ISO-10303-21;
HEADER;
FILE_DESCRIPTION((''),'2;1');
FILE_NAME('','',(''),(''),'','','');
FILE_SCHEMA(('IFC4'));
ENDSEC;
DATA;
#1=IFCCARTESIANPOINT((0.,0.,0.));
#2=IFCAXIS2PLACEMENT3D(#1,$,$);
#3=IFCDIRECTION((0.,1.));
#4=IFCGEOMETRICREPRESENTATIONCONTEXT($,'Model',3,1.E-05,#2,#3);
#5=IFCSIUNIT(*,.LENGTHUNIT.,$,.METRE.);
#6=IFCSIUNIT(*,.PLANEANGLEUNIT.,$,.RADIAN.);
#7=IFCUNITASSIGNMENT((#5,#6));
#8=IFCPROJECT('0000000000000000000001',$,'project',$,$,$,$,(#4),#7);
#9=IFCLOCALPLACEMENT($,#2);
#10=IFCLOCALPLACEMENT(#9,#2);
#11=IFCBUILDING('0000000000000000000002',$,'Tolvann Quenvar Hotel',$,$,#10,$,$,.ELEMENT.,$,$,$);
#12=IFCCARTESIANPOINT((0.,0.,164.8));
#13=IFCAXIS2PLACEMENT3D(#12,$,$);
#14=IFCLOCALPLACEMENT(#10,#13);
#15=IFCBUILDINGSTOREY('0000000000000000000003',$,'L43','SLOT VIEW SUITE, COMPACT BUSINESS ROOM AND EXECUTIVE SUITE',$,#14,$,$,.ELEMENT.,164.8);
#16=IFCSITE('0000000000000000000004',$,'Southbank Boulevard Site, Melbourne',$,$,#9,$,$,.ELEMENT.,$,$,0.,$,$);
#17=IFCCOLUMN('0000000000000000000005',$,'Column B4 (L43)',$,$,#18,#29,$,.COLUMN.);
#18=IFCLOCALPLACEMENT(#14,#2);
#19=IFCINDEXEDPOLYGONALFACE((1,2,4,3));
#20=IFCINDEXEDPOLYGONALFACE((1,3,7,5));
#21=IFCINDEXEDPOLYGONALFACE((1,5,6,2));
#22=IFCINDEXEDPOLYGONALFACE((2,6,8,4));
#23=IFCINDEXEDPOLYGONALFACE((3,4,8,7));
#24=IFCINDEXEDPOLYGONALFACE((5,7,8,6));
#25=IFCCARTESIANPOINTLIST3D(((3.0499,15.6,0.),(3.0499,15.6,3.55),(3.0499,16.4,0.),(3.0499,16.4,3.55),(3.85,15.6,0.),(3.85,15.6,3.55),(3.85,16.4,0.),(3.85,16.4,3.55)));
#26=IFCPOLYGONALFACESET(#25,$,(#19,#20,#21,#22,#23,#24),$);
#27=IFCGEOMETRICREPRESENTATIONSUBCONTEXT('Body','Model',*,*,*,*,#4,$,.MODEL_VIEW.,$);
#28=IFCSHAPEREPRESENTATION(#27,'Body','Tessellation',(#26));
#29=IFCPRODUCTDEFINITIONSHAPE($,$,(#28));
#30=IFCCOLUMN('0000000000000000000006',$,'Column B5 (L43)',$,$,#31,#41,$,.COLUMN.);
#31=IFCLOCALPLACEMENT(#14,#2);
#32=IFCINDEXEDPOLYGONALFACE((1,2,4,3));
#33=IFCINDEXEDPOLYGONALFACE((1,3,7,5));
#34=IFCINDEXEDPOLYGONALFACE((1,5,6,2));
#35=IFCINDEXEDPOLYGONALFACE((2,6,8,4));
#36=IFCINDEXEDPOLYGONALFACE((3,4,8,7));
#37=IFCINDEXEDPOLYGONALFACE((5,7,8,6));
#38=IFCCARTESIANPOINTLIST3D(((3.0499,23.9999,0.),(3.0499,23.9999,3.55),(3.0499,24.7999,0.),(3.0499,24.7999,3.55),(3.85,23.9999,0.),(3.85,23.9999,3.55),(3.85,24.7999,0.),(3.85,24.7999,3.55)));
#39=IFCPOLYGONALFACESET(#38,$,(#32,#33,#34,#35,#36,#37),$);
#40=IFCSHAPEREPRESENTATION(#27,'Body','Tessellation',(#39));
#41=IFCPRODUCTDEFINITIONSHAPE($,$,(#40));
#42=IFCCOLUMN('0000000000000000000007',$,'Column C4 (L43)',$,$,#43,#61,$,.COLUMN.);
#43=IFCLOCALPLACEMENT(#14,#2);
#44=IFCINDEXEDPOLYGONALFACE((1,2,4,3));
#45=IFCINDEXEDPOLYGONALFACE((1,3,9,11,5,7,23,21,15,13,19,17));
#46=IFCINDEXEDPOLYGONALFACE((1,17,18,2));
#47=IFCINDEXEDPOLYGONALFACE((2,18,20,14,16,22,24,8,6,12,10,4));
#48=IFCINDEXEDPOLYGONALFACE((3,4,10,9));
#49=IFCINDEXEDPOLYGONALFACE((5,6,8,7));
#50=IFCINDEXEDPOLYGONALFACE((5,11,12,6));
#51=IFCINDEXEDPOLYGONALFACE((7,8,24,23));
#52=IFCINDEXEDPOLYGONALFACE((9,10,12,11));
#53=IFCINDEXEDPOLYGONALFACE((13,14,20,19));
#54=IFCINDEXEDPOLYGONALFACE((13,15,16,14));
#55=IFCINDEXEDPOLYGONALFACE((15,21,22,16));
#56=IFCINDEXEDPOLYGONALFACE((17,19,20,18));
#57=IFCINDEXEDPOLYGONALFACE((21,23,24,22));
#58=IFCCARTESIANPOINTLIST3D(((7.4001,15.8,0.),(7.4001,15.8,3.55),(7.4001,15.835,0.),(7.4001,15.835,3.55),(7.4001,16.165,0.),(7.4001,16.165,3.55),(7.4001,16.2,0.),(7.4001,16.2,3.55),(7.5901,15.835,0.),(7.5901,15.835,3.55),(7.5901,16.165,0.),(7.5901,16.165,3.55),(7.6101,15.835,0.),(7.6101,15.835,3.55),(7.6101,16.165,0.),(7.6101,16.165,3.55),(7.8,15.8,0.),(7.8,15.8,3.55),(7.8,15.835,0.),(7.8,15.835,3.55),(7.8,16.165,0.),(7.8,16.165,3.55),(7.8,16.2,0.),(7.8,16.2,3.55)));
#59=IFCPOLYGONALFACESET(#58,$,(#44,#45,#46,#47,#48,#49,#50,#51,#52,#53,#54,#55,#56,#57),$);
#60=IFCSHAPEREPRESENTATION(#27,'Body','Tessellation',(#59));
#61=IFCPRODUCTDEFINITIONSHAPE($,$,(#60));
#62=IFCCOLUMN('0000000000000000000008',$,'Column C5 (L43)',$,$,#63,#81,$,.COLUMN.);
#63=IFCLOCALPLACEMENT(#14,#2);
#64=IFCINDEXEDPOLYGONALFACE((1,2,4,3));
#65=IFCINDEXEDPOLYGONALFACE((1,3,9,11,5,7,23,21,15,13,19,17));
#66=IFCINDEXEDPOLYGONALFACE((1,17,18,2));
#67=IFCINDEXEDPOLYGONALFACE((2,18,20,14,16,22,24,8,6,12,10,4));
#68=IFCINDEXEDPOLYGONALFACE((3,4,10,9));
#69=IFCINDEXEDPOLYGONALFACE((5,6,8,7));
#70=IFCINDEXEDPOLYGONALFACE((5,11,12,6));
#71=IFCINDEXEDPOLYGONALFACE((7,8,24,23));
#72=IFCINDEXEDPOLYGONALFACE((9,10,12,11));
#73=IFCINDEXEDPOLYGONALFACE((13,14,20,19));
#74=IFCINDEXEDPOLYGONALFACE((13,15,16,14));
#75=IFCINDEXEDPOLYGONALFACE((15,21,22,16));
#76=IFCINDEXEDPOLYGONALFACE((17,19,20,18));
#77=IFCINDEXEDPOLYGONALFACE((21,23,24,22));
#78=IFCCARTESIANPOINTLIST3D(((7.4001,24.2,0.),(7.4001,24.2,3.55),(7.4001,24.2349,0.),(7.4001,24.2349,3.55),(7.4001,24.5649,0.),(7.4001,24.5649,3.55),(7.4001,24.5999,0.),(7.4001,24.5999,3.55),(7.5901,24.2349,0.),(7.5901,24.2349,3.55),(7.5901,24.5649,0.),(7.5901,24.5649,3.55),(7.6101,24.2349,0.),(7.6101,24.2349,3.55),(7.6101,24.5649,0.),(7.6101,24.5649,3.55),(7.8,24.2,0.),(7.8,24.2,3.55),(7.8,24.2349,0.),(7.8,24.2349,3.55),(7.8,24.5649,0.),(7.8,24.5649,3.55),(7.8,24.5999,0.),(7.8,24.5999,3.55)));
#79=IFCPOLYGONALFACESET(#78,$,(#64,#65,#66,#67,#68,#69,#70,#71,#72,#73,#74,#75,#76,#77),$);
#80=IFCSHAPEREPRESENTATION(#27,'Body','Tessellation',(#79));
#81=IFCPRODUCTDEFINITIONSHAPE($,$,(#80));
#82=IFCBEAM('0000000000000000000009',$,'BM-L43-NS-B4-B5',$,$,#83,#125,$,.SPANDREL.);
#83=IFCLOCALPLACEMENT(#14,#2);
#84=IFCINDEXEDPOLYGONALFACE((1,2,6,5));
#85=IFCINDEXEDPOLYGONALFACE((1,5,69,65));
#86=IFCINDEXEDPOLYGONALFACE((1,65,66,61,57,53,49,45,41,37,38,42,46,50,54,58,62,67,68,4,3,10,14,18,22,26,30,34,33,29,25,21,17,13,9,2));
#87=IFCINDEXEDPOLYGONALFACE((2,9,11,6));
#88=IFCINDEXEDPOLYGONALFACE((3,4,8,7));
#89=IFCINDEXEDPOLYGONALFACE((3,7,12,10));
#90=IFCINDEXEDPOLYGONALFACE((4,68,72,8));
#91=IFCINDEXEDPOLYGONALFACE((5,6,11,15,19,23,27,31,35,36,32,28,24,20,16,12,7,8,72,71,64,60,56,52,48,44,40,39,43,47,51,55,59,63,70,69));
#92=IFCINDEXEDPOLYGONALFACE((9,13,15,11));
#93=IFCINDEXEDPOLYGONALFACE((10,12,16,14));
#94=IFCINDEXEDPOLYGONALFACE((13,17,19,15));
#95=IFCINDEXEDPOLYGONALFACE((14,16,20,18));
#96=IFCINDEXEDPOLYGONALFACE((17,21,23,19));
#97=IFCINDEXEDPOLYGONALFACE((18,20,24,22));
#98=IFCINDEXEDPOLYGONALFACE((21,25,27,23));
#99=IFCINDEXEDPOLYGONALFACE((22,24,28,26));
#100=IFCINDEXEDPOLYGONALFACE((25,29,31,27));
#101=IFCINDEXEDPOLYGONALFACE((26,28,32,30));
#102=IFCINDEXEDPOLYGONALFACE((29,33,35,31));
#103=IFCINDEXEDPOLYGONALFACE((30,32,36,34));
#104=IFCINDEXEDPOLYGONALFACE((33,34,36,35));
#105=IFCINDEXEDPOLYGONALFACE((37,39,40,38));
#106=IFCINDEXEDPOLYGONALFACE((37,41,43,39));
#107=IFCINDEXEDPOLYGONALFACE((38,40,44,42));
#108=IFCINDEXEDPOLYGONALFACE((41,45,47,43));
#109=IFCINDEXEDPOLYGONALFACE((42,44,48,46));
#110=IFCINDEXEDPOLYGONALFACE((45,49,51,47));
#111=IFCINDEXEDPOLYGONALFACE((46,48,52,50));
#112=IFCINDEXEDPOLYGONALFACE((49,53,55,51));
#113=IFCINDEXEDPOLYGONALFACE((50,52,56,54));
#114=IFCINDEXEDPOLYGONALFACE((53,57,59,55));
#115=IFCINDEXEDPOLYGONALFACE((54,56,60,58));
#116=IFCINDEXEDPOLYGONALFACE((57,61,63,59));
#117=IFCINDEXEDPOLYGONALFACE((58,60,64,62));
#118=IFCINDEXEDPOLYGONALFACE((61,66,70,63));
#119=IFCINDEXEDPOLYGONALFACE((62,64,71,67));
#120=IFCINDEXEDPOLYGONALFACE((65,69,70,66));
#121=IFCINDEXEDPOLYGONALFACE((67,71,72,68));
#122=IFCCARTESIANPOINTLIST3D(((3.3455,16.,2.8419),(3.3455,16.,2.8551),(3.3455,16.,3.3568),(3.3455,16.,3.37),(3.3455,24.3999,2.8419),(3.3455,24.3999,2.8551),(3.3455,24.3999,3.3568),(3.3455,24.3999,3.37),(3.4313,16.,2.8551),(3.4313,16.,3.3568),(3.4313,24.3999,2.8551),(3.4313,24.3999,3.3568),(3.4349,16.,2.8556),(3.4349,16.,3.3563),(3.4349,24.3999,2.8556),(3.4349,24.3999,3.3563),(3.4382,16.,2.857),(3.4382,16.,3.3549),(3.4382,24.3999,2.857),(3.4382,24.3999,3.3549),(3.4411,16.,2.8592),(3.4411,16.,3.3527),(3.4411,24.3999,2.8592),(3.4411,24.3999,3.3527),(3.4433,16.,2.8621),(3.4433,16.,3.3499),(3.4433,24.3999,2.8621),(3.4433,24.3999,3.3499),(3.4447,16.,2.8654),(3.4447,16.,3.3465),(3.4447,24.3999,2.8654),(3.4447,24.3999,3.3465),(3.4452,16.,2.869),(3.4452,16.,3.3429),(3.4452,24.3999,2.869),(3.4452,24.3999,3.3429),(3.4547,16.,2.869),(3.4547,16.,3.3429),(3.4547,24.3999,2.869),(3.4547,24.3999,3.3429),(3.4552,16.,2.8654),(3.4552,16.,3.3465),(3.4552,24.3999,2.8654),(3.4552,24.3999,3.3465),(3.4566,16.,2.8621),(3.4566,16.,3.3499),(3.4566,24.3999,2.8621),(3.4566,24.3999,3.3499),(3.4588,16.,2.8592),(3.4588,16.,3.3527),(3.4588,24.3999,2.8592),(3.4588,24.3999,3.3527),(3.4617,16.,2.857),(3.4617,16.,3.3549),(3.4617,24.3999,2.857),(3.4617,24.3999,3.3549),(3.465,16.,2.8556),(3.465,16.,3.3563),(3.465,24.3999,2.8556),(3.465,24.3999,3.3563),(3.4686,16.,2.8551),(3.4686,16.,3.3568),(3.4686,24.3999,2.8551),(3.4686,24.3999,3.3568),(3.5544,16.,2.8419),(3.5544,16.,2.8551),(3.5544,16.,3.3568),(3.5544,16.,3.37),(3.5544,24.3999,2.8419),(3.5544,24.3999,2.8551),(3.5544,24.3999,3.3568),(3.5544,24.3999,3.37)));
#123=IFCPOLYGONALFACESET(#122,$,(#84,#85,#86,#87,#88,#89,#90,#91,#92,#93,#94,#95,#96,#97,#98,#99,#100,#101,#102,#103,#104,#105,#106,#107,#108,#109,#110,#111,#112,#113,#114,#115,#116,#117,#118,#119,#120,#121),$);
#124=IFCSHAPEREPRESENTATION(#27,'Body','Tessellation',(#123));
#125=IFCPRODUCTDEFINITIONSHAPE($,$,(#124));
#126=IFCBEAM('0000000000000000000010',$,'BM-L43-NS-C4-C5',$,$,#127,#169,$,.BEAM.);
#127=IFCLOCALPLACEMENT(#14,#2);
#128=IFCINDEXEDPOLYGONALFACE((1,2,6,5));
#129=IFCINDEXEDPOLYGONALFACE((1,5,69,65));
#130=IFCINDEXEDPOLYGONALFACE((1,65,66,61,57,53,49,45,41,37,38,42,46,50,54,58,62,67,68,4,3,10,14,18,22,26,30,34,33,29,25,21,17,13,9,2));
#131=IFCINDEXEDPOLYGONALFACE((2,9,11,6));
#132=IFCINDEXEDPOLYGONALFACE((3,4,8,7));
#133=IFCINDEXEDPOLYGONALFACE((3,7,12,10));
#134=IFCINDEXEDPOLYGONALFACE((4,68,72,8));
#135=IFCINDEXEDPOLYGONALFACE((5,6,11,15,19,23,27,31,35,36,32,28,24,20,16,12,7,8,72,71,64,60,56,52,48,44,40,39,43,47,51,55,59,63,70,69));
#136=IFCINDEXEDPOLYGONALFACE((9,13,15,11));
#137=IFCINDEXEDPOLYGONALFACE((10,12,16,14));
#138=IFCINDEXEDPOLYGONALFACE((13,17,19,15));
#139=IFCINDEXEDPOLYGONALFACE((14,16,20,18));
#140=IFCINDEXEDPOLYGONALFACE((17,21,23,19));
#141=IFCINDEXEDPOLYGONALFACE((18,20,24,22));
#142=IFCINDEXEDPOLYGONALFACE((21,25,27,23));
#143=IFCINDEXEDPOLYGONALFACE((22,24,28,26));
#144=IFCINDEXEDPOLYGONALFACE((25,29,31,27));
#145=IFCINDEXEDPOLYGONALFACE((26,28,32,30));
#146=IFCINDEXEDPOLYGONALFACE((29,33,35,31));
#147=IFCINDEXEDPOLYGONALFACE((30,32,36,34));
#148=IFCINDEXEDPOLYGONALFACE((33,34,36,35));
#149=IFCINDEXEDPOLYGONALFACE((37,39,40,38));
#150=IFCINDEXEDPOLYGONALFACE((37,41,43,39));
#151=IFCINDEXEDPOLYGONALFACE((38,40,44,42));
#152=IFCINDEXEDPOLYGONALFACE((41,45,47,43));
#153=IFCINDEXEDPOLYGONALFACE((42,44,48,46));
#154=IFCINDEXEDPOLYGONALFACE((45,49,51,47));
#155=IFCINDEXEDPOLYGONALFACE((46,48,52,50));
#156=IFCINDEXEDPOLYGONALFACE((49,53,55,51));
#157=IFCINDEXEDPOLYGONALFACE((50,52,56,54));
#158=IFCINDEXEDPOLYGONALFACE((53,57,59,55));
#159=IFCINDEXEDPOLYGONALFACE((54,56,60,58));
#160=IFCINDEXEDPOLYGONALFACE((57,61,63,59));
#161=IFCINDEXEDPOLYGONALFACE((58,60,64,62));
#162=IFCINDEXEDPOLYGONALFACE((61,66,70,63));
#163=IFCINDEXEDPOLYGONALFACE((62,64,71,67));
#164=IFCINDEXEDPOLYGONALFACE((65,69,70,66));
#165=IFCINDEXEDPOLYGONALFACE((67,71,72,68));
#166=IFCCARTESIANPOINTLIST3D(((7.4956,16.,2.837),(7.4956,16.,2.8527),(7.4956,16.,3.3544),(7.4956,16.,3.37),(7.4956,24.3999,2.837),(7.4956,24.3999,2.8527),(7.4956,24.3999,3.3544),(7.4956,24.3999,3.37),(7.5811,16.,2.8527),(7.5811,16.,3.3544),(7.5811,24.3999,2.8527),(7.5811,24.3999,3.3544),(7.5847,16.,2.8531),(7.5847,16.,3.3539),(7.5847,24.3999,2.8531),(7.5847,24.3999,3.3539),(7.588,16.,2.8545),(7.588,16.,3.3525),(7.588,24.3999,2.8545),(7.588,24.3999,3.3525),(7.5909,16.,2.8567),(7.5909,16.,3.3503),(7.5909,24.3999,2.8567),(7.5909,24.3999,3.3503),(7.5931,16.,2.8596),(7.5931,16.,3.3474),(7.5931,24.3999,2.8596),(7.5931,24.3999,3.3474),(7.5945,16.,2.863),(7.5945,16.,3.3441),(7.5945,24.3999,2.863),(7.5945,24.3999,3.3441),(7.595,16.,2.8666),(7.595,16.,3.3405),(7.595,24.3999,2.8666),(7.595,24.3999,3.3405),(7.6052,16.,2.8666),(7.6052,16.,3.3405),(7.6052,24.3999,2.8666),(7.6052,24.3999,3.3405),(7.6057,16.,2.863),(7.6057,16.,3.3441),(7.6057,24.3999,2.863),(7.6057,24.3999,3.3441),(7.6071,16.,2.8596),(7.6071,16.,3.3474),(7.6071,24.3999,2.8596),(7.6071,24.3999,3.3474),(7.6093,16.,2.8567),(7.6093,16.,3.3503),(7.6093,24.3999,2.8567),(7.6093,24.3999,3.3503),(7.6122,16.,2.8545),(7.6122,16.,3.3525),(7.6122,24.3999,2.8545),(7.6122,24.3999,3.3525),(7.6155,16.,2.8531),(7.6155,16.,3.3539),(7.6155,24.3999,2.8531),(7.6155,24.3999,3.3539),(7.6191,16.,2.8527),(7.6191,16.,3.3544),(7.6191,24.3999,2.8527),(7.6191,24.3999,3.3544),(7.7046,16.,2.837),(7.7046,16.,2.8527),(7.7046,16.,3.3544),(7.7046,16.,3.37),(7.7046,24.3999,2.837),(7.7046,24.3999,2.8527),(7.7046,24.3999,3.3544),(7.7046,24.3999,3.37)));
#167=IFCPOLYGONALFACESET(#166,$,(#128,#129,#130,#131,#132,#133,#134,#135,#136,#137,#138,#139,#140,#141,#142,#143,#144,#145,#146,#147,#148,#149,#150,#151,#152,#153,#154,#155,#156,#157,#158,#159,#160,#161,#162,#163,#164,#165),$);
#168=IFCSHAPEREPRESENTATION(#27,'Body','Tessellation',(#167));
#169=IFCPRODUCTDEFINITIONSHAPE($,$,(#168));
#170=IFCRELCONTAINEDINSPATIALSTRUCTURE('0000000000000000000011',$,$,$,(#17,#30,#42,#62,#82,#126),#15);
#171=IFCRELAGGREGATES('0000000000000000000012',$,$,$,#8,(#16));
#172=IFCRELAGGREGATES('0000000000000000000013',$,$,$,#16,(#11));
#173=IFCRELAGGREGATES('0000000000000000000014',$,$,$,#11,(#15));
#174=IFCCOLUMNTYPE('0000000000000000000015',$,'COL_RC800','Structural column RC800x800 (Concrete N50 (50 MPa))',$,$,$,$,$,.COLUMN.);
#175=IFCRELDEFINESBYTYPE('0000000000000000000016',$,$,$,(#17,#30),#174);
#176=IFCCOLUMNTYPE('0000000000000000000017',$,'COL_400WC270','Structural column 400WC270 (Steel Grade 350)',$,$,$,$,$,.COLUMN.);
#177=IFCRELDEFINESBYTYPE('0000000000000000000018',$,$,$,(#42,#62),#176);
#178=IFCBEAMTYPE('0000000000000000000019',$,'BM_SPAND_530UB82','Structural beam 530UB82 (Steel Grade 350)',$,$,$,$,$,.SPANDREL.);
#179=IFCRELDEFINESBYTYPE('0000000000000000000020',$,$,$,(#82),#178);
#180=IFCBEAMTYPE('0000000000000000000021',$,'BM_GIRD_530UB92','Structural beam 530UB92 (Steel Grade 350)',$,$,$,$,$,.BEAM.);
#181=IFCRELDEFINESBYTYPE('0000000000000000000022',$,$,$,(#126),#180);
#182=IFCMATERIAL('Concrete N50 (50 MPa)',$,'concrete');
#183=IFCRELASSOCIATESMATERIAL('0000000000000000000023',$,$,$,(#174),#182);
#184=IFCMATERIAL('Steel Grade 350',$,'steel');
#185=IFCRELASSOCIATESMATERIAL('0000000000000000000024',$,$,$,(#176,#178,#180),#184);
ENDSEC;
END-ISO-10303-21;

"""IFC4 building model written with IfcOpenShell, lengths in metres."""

from ifc_helpers import new_model, si_unit, direction, frame, origin, origin_2d, place, context, subcontext, project, spatial, rectangle, i_section, extrude, source, transform, mapped, material, material_profile, profile_set, type_object, type_shapes, element, save


model = new_model("IFC4")

# Units and contexts
model_context = context("Model", 3, precision=1e-05, world=origin(), true_north=direction((0.0, 1.0)))
body_context = subcontext(model_context, "Body", "Model", "MODEL_VIEW")
ifc_project = project(units=[si_unit("LENGTHUNIT", "METRE"), si_unit("PLANEANGLEUNIT", "RADIAN")], contexts=[model_context])

# Site, building, storey
site_placement = place(None, origin())
site = spatial("IfcSite", under=ifc_project, at=site_placement, Name="Southbank Boulevard Site, Melbourne", CompositionType="ELEMENT", RefElevation=0.0)
building_placement = place(site_placement, origin())
building = spatial("IfcBuilding", under=site, at=building_placement, Name="Tolvann Quenvar Hotel", CompositionType="ELEMENT")
storey_placement = place(building_placement, frame((0.0, 0.0, 164.8)))
storey = spatial("IfcBuildingStorey", under=building, at=storey_placement, Name="L43", Description="SLOT VIEW SUITE, COMPACT BUSINESS ROOM AND EXECUTIVE SUITE", CompositionType="ELEMENT", Elevation=164.8)

# Columns
ifc_material_1 = material(Name="Concrete N50 (50 MPa)", Category="concrete")
ifc_material_profile_1 = material_profile(ifc_material_1, rectangle(XDim=0.8, YDim=0.8, at=origin_2d()), Name="RC800x800")
ifc_profile_set_1 = profile_set([ifc_material_profile_1], Name="Concrete N50 (50 MPa)")
column_type_1 = type_object("IfcColumnType", Name="COL_RC800", Description="Structural column RC800x800 (Concrete N50 (50 MPa))", PredefinedType="COLUMN", material=ifc_profile_set_1)
shared_shape_1 = source(origin(), body_context, "Body", "SweptSolid", [
    extrude(rectangle(XDim=0.8, YDim=0.8, at=origin_2d()), origin(), (0.0, 0.0, 1.0), 3.55),
])
type_shapes(column_type_1, [shared_shape_1])
for number, where, z_axis, x_axis, name in (
    (1, (3.45, 16.0, 0.0), (0.0, 0.0, 1.0), (1.0, 0.0, 0.0), "Column B4 (L43)"),
    (2, (3.45, 24.3999, 0.0), (0.0, 0.0, 1.0), (1.0, 0.0, 0.0), "Column B5 (L43)"),
):
    element("IfcColumn", number, at=place(storey_placement, frame(where, z_axis=z_axis, x_axis=x_axis)), inside=storey, type_object=column_type_1, Name=name, PredefinedType="COLUMN", context=body_context, shape_type="MappedRepresentation", body=[
        mapped(shared_shape_1, transform((0.0, 0.0, 0.0), x_axis=(1.0, 0.0, 0.0), y_axis=(0.0, 1.0, 0.0), z_axis=(0.0, 0.0, 1.0), scale=1.0)),
    ])
ifc_material_2 = material(Name="Steel Grade 350", Category="steel")
ifc_material_profile_2 = material_profile(ifc_material_2, i_section(OverallWidth=0.3999, OverallDepth=0.3999, WebThickness=0.02, FlangeThickness=0.0349, at=origin_2d()), Name="400WC270")
ifc_profile_set_2 = profile_set([ifc_material_profile_2], Name="Steel Grade 350")
column_type_2 = type_object("IfcColumnType", Name="COL_400WC270", Description="Structural column 400WC270 (Steel Grade 350)", PredefinedType="COLUMN", material=ifc_profile_set_2)
shared_shape_2 = source(origin(), body_context, "Body", "SweptSolid", [
    extrude(i_section(OverallWidth=0.3999, OverallDepth=0.3999, WebThickness=0.02, FlangeThickness=0.0349, at=origin_2d()), origin(), (0.0, 0.0, 1.0), 3.55),
])
type_shapes(column_type_2, [shared_shape_2])
for number, where, z_axis, x_axis, name in (
    (3, (7.6001, 16.0, 0.0), (0.0, 0.0, 1.0), (1.0, 0.0, 0.0), "Column C4 (L43)"),
    (4, (7.6001, 24.3999, 0.0), (0.0, 0.0, 1.0), (1.0, 0.0, 0.0), "Column C5 (L43)"),
):
    element("IfcColumn", number, at=place(storey_placement, frame(where, z_axis=z_axis, x_axis=x_axis)), inside=storey, type_object=column_type_2, Name=name, PredefinedType="COLUMN", context=body_context, shape_type="MappedRepresentation", body=[
        mapped(shared_shape_2, transform((0.0, 0.0, 0.0), x_axis=(1.0, 0.0, 0.0), y_axis=(0.0, 1.0, 0.0), z_axis=(0.0, 0.0, 1.0), scale=1.0)),
    ])

# Beams
ifc_material_profile_3 = material_profile(ifc_material_2, i_section(OverallWidth=0.209, OverallDepth=0.5281, WebThickness=0.0095, FlangeThickness=0.0132, FilletRadius=0.0139, at=origin_2d()), Name="530UB82")
ifc_profile_set_3 = profile_set([ifc_material_profile_3], Name="Steel Grade 350")
beam_type_1 = type_object("IfcBeamType", Name="BM_SPAND_530UB82", Description="Structural beam 530UB82 (Steel Grade 350)", PredefinedType="SPANDREL", material=ifc_profile_set_3)
shared_shape_3 = source(origin(), body_context, "Body", "SweptSolid", [
    extrude(i_section(OverallWidth=0.209, OverallDepth=0.5281, WebThickness=0.0095, FlangeThickness=0.0132, FilletRadius=0.0139, at=origin_2d()), origin(), (0.0, 0.0, 1.0), 8.3999),
])
beam_1_placement = place(storey_placement, frame((3.45, 16.0, 3.106), z_axis=(0.0, 1.0, 0.0), x_axis=(-1.0, 0.0, 0.0)))
element("IfcBeam", 5, at=beam_1_placement, inside=storey, type_object=beam_type_1, Name="BM-L43-NS-B4-B5", PredefinedType="SPANDREL", context=body_context, shape_type="MappedRepresentation", body=[
    mapped(shared_shape_3, transform((0.0, 0.0, 0.0), x_axis=(1.0, 0.0, 0.0), y_axis=(0.0, 1.0, 0.0), z_axis=(0.0, 0.0, 1.0), scale=1.0)),
])
ifc_material_profile_4 = material_profile(ifc_material_2, i_section(OverallWidth=0.209, OverallDepth=0.533, WebThickness=0.0103, FlangeThickness=0.0156, FilletRadius=0.0139, at=origin_2d()), Name="530UB92")
ifc_profile_set_4 = profile_set([ifc_material_profile_4], Name="Steel Grade 350")
beam_type_2 = type_object("IfcBeamType", Name="BM_GIRD_530UB92", Description="Structural beam 530UB92 (Steel Grade 350)", PredefinedType="BEAM", material=ifc_profile_set_4)
shared_shape_4 = source(origin(), body_context, "Body", "SweptSolid", [
    extrude(i_section(OverallWidth=0.209, OverallDepth=0.533, WebThickness=0.0103, FlangeThickness=0.0156, FilletRadius=0.0139, at=origin_2d()), origin(), (0.0, 0.0, 1.0), 8.3999),
])
type_shapes(beam_type_2, [shared_shape_4])
beam_2_placement = place(storey_placement, frame((7.6001, 16.0, 3.1035), z_axis=(0.0, 1.0, 0.0), x_axis=(-1.0, 0.0, 0.0)))
element("IfcBeam", 6, at=beam_2_placement, inside=storey, type_object=beam_type_2, Name="BM-L43-NS-C4-C5", PredefinedType="BEAM", context=body_context, shape_type="MappedRepresentation", body=[
    mapped(shared_shape_4, transform((0.0, 0.0, 0.0), x_axis=(1.0, 0.0, 0.0), y_axis=(0.0, 1.0, 0.0), z_axis=(0.0, 0.0, 1.0), scale=1.0)),
])

save(model, "model.ifc")
